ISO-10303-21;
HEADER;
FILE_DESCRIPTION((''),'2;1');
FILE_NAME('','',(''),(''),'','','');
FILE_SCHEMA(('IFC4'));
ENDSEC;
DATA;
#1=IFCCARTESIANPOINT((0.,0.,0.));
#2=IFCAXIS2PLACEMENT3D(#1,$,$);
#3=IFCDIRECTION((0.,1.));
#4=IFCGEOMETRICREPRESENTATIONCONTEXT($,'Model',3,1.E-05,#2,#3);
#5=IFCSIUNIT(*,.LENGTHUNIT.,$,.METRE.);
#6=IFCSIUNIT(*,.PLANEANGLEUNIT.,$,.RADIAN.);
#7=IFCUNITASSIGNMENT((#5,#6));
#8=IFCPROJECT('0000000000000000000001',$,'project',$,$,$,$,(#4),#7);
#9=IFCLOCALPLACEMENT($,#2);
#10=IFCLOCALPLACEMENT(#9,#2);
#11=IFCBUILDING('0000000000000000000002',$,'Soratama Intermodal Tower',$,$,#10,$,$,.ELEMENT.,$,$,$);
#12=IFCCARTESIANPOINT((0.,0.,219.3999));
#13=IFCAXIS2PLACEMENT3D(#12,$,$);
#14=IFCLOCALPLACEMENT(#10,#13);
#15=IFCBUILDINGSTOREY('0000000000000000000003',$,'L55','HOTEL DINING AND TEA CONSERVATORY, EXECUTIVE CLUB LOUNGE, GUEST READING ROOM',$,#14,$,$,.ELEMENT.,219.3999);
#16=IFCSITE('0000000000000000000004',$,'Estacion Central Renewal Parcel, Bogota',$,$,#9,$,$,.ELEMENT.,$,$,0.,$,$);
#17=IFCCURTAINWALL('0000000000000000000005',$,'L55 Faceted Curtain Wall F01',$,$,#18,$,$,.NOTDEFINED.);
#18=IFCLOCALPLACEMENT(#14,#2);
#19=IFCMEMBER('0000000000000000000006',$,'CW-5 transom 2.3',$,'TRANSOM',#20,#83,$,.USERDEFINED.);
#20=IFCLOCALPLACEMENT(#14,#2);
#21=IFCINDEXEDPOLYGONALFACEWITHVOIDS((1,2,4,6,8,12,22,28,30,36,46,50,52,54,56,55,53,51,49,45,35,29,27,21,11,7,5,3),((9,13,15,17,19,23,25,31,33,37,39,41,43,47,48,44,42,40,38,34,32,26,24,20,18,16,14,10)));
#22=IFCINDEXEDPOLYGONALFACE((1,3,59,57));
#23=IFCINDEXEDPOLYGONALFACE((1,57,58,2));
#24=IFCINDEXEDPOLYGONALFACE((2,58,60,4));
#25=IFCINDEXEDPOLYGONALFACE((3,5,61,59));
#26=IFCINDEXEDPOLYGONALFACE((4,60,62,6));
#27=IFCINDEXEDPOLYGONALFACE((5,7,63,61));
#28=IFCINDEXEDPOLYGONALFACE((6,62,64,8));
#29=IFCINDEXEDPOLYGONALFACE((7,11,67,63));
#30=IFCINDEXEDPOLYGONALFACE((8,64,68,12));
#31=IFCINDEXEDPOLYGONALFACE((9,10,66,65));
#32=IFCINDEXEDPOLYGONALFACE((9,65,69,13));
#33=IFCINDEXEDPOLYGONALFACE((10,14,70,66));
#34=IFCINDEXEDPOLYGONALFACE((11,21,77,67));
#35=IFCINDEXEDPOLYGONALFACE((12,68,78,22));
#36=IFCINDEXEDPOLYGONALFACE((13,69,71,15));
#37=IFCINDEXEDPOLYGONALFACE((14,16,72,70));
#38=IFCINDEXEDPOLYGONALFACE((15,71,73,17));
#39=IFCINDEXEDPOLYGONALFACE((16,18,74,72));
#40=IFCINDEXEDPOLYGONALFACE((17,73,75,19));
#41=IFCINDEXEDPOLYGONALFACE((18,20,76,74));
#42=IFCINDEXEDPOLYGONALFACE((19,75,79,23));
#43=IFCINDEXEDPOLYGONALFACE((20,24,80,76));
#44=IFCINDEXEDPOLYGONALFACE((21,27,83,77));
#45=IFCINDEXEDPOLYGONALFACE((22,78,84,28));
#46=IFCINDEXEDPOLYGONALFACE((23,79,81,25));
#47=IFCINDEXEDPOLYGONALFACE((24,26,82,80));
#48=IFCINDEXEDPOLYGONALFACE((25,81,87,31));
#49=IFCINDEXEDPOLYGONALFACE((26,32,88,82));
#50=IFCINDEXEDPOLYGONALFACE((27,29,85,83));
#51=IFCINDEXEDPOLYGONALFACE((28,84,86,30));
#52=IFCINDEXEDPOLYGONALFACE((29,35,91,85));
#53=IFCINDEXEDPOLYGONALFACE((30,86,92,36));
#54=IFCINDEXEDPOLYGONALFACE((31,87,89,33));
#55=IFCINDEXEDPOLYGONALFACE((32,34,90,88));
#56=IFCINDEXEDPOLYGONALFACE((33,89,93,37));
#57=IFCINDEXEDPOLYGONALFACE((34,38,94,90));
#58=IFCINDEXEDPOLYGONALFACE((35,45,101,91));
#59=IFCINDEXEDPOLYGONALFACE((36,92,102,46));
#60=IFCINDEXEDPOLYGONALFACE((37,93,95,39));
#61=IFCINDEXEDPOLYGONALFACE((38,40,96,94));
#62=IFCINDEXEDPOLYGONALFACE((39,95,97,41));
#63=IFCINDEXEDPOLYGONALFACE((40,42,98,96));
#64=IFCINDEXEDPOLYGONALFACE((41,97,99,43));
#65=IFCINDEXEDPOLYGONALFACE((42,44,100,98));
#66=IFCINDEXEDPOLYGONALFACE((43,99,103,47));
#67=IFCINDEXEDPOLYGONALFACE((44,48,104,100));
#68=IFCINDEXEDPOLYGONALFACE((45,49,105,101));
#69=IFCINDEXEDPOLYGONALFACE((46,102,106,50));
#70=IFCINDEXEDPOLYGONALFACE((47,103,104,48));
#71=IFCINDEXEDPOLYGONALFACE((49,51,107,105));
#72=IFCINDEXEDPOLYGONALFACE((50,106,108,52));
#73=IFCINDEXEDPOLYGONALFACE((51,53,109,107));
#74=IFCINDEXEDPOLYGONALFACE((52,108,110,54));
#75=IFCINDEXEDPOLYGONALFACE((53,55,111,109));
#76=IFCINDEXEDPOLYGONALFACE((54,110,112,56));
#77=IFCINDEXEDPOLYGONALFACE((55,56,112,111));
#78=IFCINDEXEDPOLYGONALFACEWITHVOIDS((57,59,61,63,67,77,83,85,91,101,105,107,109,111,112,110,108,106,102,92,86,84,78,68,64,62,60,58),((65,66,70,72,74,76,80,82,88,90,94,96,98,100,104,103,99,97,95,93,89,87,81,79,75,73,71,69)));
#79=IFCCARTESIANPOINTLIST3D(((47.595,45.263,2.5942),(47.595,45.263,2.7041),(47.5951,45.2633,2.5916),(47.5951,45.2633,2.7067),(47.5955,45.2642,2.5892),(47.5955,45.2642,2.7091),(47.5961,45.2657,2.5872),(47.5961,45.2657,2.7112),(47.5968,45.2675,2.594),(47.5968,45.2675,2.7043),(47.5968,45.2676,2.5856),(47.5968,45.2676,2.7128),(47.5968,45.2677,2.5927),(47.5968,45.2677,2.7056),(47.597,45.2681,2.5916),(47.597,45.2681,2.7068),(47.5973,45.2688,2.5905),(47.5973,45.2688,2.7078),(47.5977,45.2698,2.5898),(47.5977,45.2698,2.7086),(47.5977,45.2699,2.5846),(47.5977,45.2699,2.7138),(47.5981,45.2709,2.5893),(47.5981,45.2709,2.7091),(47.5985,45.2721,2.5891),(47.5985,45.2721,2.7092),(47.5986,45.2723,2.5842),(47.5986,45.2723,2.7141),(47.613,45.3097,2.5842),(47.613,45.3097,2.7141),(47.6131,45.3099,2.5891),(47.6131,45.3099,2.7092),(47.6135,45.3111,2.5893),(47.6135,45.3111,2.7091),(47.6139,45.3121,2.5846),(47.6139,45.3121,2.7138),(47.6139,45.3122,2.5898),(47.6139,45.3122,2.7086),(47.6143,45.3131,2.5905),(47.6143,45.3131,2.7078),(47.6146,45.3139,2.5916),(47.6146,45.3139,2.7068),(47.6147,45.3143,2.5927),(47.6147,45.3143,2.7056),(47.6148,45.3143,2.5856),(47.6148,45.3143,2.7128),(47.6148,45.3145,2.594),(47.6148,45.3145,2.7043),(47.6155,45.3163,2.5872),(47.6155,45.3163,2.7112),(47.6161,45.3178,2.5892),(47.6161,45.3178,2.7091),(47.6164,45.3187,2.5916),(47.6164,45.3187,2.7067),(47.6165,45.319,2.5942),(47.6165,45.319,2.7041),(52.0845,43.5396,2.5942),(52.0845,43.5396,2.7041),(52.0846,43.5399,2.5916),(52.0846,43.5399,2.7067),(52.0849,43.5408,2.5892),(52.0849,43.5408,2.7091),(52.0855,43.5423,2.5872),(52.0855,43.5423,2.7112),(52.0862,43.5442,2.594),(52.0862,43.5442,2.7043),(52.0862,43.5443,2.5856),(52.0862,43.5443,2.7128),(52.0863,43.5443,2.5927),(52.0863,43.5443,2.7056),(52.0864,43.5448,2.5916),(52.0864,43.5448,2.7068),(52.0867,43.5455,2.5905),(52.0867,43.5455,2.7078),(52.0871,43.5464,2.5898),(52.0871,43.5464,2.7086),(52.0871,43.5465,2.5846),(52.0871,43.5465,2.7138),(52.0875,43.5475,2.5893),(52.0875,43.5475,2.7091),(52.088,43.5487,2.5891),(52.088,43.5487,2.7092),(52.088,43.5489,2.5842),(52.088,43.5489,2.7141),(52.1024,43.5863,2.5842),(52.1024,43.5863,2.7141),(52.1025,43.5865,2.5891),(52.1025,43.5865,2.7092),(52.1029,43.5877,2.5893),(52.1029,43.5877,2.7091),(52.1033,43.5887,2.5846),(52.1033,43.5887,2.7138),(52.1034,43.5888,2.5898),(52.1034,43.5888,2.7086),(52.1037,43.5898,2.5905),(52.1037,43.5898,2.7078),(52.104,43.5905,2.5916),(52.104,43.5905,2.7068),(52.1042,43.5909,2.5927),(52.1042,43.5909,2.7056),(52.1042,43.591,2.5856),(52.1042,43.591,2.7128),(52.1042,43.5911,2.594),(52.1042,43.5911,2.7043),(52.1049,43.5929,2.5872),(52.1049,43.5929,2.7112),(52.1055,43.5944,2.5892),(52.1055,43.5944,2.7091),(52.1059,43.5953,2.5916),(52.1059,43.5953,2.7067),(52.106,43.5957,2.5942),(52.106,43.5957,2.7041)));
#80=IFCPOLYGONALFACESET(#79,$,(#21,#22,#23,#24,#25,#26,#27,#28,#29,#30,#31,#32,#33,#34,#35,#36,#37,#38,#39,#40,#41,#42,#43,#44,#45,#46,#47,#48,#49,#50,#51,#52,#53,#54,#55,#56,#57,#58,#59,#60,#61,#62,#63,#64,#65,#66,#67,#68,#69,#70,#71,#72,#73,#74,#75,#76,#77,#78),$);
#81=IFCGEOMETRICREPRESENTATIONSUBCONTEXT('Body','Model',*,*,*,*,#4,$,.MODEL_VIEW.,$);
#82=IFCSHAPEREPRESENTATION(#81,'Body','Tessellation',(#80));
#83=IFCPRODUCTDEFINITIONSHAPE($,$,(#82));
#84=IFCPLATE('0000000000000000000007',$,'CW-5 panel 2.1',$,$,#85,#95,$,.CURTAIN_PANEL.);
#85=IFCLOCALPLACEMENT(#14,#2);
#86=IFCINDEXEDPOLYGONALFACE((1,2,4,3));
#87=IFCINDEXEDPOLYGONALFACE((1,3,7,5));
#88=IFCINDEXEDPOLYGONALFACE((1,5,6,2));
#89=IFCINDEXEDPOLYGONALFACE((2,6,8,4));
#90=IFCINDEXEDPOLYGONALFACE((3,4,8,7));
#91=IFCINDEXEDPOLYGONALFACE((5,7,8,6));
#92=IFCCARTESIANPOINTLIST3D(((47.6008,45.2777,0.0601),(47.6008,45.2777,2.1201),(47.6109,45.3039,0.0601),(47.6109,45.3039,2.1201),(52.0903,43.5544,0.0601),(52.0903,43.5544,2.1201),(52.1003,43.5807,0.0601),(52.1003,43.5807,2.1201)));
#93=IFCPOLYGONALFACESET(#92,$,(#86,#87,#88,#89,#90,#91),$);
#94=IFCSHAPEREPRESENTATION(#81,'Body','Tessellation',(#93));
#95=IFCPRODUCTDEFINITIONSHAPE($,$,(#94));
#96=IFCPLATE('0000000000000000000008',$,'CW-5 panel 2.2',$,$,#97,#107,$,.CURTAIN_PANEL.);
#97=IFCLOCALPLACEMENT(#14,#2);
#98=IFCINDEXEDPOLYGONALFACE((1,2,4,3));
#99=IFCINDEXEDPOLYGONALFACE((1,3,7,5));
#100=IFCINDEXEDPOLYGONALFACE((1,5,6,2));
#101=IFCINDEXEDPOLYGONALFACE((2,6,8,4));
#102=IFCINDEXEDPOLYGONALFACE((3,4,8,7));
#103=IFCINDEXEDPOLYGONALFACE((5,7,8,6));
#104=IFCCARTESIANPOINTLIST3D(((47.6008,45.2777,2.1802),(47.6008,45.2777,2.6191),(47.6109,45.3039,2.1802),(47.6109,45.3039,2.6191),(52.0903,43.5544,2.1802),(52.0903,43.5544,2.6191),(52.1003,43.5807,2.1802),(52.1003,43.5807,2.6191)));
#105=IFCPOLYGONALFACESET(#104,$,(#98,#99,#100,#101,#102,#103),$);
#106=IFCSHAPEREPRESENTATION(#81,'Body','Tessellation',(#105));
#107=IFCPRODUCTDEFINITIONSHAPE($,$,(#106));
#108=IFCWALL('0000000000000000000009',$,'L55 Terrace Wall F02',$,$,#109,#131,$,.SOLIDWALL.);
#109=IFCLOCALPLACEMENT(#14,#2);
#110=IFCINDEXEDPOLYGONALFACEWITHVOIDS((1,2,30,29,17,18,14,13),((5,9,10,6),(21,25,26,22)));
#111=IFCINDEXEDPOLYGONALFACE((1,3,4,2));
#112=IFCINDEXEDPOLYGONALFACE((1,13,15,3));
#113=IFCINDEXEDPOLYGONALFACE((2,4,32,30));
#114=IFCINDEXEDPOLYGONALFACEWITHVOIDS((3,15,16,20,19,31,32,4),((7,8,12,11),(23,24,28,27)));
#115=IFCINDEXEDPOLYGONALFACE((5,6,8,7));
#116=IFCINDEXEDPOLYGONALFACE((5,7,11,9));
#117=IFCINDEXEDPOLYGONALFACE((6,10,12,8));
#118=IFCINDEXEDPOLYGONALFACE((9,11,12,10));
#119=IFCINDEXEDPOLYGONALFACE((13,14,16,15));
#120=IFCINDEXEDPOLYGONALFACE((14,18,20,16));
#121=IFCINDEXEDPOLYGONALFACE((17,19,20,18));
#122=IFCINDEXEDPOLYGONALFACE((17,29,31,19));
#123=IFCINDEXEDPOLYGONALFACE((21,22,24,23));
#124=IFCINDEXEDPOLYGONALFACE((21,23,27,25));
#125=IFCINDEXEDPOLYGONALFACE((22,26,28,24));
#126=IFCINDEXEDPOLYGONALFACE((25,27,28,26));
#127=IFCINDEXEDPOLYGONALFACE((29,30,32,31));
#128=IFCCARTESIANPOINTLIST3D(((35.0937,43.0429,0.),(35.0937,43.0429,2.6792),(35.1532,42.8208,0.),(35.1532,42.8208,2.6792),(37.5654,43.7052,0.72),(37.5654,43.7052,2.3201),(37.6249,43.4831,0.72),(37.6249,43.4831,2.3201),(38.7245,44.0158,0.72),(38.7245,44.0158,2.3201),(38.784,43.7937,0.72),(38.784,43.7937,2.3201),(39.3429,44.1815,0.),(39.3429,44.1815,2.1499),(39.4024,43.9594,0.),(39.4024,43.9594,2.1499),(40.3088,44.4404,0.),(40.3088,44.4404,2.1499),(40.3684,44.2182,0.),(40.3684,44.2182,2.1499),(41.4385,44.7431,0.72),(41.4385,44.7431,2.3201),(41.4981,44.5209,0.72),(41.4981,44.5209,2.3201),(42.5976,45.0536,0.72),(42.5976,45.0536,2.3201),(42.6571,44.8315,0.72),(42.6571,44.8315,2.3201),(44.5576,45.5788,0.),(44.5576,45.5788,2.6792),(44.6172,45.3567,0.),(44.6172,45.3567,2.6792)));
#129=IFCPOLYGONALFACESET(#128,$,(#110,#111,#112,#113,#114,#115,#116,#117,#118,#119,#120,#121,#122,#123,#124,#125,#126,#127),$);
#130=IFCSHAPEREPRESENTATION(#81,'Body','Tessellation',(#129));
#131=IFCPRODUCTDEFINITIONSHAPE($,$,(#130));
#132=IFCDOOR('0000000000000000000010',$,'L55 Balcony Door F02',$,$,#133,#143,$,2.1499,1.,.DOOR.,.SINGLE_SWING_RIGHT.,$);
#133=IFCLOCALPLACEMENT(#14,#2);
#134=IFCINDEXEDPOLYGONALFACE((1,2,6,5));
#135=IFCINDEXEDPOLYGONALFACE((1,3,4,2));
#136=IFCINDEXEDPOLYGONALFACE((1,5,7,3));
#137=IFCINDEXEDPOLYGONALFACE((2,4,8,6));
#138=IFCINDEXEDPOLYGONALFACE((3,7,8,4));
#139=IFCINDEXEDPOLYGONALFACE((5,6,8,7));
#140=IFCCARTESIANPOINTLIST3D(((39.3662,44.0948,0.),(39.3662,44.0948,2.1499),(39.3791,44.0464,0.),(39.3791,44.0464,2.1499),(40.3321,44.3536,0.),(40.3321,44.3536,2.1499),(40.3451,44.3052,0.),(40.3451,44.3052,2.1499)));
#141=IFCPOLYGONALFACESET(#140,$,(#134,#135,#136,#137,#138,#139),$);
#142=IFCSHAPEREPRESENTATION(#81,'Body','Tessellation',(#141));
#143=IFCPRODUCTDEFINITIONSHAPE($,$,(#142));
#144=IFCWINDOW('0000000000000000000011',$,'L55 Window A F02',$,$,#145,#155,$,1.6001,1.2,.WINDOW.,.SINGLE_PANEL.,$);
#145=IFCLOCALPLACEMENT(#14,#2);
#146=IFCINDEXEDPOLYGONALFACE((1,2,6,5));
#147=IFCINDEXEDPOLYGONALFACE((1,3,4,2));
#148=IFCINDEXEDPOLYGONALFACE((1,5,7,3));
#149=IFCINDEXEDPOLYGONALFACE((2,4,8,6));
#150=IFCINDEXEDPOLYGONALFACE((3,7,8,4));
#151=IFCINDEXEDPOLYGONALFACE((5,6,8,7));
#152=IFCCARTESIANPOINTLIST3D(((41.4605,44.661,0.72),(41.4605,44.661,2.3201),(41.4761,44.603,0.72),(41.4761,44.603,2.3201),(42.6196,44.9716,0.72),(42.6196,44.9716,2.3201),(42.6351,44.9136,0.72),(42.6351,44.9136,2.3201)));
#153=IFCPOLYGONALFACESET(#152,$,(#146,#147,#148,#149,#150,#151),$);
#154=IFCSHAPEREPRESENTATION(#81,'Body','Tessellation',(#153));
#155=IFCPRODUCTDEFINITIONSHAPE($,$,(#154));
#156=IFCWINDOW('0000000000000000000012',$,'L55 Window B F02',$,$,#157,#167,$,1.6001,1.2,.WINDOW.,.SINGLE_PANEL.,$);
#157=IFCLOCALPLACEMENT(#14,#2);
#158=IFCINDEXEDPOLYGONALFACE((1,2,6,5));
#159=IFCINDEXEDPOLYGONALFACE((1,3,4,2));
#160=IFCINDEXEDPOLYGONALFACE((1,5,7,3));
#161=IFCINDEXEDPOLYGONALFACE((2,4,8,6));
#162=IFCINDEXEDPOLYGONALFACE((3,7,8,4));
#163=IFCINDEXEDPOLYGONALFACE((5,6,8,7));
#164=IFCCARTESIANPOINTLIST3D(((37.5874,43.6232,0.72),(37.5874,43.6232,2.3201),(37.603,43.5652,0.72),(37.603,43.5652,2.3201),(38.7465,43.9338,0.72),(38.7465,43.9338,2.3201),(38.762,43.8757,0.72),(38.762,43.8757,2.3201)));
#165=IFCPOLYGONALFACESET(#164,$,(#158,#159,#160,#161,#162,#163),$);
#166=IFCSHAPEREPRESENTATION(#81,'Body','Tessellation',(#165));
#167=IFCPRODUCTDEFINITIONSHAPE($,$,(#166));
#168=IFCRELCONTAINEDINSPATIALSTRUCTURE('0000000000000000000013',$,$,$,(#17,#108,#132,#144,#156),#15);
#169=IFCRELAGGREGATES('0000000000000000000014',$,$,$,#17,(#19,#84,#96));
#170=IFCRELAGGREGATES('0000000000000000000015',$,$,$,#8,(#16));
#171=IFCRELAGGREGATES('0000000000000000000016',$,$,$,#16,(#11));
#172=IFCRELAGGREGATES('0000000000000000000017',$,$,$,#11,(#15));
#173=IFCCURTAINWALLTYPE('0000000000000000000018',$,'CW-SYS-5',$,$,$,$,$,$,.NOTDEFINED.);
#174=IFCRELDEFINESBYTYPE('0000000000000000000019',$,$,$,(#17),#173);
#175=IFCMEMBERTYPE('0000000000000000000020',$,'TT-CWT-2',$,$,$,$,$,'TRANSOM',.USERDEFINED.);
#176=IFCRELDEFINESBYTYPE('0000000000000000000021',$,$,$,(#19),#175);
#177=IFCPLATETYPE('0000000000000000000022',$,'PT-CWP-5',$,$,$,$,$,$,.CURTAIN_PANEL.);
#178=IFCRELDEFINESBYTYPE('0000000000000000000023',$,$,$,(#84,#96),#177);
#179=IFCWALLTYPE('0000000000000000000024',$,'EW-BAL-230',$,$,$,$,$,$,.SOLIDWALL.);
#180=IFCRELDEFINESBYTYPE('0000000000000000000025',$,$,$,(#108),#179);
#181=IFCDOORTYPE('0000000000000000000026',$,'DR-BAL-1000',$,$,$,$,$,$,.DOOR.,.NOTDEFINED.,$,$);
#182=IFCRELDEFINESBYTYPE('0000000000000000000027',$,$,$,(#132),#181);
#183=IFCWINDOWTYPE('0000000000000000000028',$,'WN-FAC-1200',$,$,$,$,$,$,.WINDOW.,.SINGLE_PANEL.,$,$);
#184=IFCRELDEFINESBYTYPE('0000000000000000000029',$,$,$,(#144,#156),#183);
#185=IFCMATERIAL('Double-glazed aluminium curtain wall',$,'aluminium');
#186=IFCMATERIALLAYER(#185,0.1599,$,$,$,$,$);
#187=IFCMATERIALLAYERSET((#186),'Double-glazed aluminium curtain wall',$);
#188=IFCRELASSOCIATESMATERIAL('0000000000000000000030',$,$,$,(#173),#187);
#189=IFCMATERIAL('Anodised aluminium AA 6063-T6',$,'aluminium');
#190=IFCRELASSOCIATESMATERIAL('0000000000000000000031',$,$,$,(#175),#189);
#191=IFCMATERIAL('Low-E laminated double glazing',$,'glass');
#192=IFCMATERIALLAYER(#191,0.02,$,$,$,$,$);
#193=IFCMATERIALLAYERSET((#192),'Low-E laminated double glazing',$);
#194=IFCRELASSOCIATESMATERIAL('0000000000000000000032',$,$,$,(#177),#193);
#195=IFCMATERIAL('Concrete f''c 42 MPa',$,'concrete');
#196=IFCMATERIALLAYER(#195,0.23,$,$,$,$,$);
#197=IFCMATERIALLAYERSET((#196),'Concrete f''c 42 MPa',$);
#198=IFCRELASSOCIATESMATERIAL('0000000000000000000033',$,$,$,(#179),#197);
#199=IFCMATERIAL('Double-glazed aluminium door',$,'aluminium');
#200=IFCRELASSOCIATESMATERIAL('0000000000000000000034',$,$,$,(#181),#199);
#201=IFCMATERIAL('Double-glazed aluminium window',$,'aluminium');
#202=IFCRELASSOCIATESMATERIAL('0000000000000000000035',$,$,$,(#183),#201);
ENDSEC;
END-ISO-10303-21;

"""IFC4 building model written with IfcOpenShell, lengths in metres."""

from ifc_helpers import new_model, si_unit, direction, frame, frame_2d, origin, origin_2d, place, context, subcontext, project, spatial, rectangle, hollow_rectangle, extrude, material, layer, layer_set, material_profile, profile_set, type_object, element, fill, aggregate, save


model = new_model("IFC4")

# Units and contexts
model_context = context("Model", 3, precision=1e-05, world=origin(), true_north=direction((0.0, 1.0)))
body_context = subcontext(model_context, "Body", "Model", "MODEL_VIEW")
ifc_project = project(units=[si_unit("LENGTHUNIT", "METRE"), si_unit("PLANEANGLEUNIT", "RADIAN")], contexts=[model_context])

# Site, building, storey
site_placement = place(None, origin())
site = spatial("IfcSite", under=ifc_project, at=site_placement, Name="Estacion Central Renewal Parcel, Bogota", CompositionType="ELEMENT", RefElevation=0.0)
building_placement = place(site_placement, origin())
building = spatial("IfcBuilding", under=site, at=building_placement, Name="Soratama Intermodal Tower", CompositionType="ELEMENT")
storey_placement = place(building_placement, frame((0.0, 0.0, 219.3999)))
storey = spatial("IfcBuildingStorey", under=building, at=storey_placement, Name="L55", Description="HOTEL DINING AND TEA CONSERVATORY, EXECUTIVE CLUB LOUNGE, GUEST READING ROOM", CompositionType="ELEMENT", Elevation=219.3999)

# Curtain wall, member, plates
ifc_material_1 = material(Name="Double-glazed aluminium curtain wall", Category="aluminium")
ifc_layer_1 = layer(ifc_material_1, 0.1599)
ifc_layer_set_1 = layer_set([ifc_layer_1], Name="Double-glazed aluminium curtain wall")
curtain_wall_type = type_object("IfcCurtainWallType", Name="CW-SYS-5", PredefinedType="NOTDEFINED", material=ifc_layer_set_1)
curtain_wall_placement = place(storey_placement, origin())
curtain_wall = element("IfcCurtainWall", 1, at=curtain_wall_placement, inside=storey, type_object=curtain_wall_type, Name="L55 Faceted Curtain Wall F01", PredefinedType="NOTDEFINED")
ifc_material_2 = material(Name="Anodised aluminium AA 6063-T6", Category="aluminium")
ifc_material_profile_1 = material_profile(ifc_material_2, hollow_rectangle(XDim=0.0601, YDim=0.1299, WallThickness=0.0049, InnerFilletRadius=0.0049, OuterFilletRadius=0.01, at=origin_2d()), Name="CWT130X60X5")
ifc_profile_set_1 = profile_set([ifc_material_profile_1], Name="Anodised aluminium AA 6063-T6")
member_type_1 = type_object("IfcMemberType", Name="TT-CWT-2", ElementType="TRANSOM", PredefinedType="USERDEFINED", material=ifc_profile_set_1)
member_1_placement = place(storey_placement, frame((52.0952, 43.5676, 2.6492), z_axis=(-0.933578, 0.358373, 0.0), x_axis=(-0.358373, -0.933578, 0.0)))
member_1 = element("IfcMember", 2, at=member_1_placement, type_object=member_type_1, Name="CW-5 transom 2.3", ObjectType="TRANSOM", PredefinedType="USERDEFINED", context=body_context, shape_type="SweptSolid", body=[
    extrude(hollow_rectangle(XDim=0.0601, YDim=0.1299, WallThickness=0.0049, InnerFilletRadius=0.0049, OuterFilletRadius=0.01, at=origin_2d()), origin(), (0.0, 0.0, 1.0), 4.8088),
])
ifc_material_3 = material(Name="Low-E laminated double glazing", Category="glass")
ifc_layer_2 = layer(ifc_material_3, 0.02)
ifc_layer_set_2 = layer_set([ifc_layer_2], Name="Low-E laminated double glazing")
plate_type = type_object("IfcPlateType", Name="PT-CWP-5", PredefinedType="CURTAIN_PANEL", material=ifc_layer_set_2)
plate_1_placement = place(storey_placement, frame((49.8506, 44.4292, 0.0601), z_axis=(0.0, 0.0, 1.0), x_axis=(-0.933584, 0.358359, 0.0)))
plate_1 = element("IfcPlate", 3, at=plate_1_placement, type_object=plate_type, Name="CW-5 panel 2.1", PredefinedType="CURTAIN_PANEL", context=body_context, shape_type="SweptSolid", body=[
    extrude(rectangle(XDim=4.8088, YDim=0.0281, at=origin_2d()), origin(), (0.0, 0.0, 1.0), 2.0601),
])
plate_2_placement = place(storey_placement, frame((49.8506, 44.4292, 2.1802), z_axis=(0.0, 0.0, 1.0), x_axis=(-0.933584, 0.358359, 0.0)))
plate_2 = element("IfcPlate", 4, at=plate_2_placement, type_object=plate_type, Name="CW-5 panel 2.2", PredefinedType="CURTAIN_PANEL", context=body_context, shape_type="SweptSolid", body=[
    extrude(rectangle(XDim=4.8088, YDim=0.0281, at=origin_2d()), origin(), (0.0, 0.0, 1.0), 0.439),
])
aggregate(curtain_wall, [member_1, plate_1, plate_2])

# Wall, openings, door, windows
ifc_material_4 = material(Name="Concrete f'c 42 MPa", Category="concrete")
ifc_layer_3 = layer(ifc_material_4, 0.23)
ifc_layer_set_3 = layer_set([ifc_layer_3], Name="Concrete f'c 42 MPa")
wall_type_1 = type_object("IfcWallType", Name="EW-BAL-230", PredefinedType="SOLIDWALL", material=ifc_layer_set_3)
wall_1_placement = place(storey_placement, frame((44.5874, 45.4678, 0.0), z_axis=(0.0, 0.0, 1.0), x_axis=(-0.965924, -0.258824, 0.0)))
wall_1 = element("IfcWall", 5, at=wall_1_placement, inside=storey, type_object=wall_type_1, Name="L55 Terrace Wall F02", PredefinedType="SOLIDWALL", context=body_context, shape_type="SweptSolid", body=[
    extrude(rectangle(XDim=9.7979, YDim=0.23, at=frame_2d((4.8989, 0.0))), origin(), (0.0, 0.0, 1.0), 2.6792),
])
opening_1_placement = place(wall_1_placement, frame((4.3987, 0.0, 0.0)))
opening_1 = element("IfcOpeningElement", 6, at=opening_1_placement, cuts=wall_1, PredefinedType="OPENING", context=body_context, shape_type="SweptSolid", body=[
    extrude(rectangle(XDim=1.0, YDim=2.1499, at=frame_2d((0.5, 1.075))), frame((0.0, 0.125, 0.0), z_axis=(0.0, -1.0, 0.0), x_axis=(1.0, 0.0, 0.0)), (0.0, 0.0, 1.0), 0.25),
])
opening_2_placement = place(wall_1_placement, frame((2.0291, 0.0, 0.72)))
opening_2 = element("IfcOpeningElement", 7, at=opening_2_placement, cuts=wall_1, PredefinedType="OPENING", context=body_context, shape_type="SweptSolid", body=[
    extrude(rectangle(XDim=1.2, YDim=1.6001, at=frame_2d((0.6001, 0.8))), frame((0.0, 0.125, 0.0), z_axis=(0.0, -1.0, 0.0), x_axis=(1.0, 0.0, 0.0)), (0.0, 0.0, 1.0), 0.25),
])
opening_3_placement = place(wall_1_placement, frame((6.0388, 0.0, 0.72)))
opening_3 = element("IfcOpeningElement", 8, at=opening_3_placement, cuts=wall_1, PredefinedType="OPENING", context=body_context, shape_type="SweptSolid", body=[
    extrude(rectangle(XDim=1.2, YDim=1.6001, at=frame_2d((0.6001, 0.8))), frame((0.0, 0.125, 0.0), z_axis=(0.0, -1.0, 0.0), x_axis=(1.0, 0.0, 0.0)), (0.0, 0.0, 1.0), 0.25),
])
ifc_material_5 = material(Name="Double-glazed aluminium door", Category="aluminium")
door_type_1 = type_object("IfcDoorType", Name="DR-BAL-1000", OperationType="NOTDEFINED", PredefinedType="DOOR", material=ifc_material_5)
door_1_placement = place(opening_1_placement, origin())
door_1 = element("IfcDoor", 9, at=door_1_placement, inside=storey, type_object=door_type_1, Name="L55 Balcony Door F02", OperationType="SINGLE_SWING_RIGHT", OverallHeight=2.1499, OverallWidth=1.0, PredefinedType="DOOR", context=body_context, shape_type="SweptSolid", body=[
    extrude(rectangle(XDim=1.0, YDim=2.1499, at=frame_2d((0.5, 1.075))), frame((0.0, 0.0249, 0.0), z_axis=(0.0, -1.0, 0.0), x_axis=(1.0, 0.0, 0.0)), (0.0, 0.0, 1.0), 0.05),
])
fill(opening_1, door_1)
ifc_material_6 = material(Name="Double-glazed aluminium window", Category="aluminium")
window_type_1 = type_object("IfcWindowType", Name="WN-FAC-1200", PartitioningType="SINGLE_PANEL", PredefinedType="WINDOW", material=ifc_material_6)
window_1_placement = place(opening_2_placement, origin())
window_1 = element("IfcWindow", 10, at=window_1_placement, inside=storey, type_object=window_type_1, Name="L55 Window A F02", OverallHeight=1.6001, OverallWidth=1.2, PartitioningType="SINGLE_PANEL", PredefinedType="WINDOW", context=body_context, shape_type="SweptSolid", body=[
    extrude(rectangle(XDim=1.2, YDim=1.6001, at=frame_2d((0.6001, 0.8))), frame((0.0, 0.03, 0.0), z_axis=(0.0, -1.0, 0.0), x_axis=(1.0, 0.0, 0.0)), (0.0, 0.0, 1.0), 0.0601),
])
fill(opening_2, window_1)
window_2_placement = place(opening_3_placement, origin())
window_2 = element("IfcWindow", 11, at=window_2_placement, inside=storey, type_object=window_type_1, Name="L55 Window B F02", OverallHeight=1.6001, OverallWidth=1.2, PartitioningType="SINGLE_PANEL", PredefinedType="WINDOW", context=body_context, shape_type="SweptSolid", body=[
    extrude(rectangle(XDim=1.2, YDim=1.6001, at=frame_2d((0.6001, 0.8))), frame((0.0, 0.03, 0.0), z_axis=(0.0, -1.0, 0.0), x_axis=(1.0, 0.0, 0.0)), (0.0, 0.0, 1.0), 0.0601),
])
fill(opening_3, window_2)

save(model, "model.ifc")
